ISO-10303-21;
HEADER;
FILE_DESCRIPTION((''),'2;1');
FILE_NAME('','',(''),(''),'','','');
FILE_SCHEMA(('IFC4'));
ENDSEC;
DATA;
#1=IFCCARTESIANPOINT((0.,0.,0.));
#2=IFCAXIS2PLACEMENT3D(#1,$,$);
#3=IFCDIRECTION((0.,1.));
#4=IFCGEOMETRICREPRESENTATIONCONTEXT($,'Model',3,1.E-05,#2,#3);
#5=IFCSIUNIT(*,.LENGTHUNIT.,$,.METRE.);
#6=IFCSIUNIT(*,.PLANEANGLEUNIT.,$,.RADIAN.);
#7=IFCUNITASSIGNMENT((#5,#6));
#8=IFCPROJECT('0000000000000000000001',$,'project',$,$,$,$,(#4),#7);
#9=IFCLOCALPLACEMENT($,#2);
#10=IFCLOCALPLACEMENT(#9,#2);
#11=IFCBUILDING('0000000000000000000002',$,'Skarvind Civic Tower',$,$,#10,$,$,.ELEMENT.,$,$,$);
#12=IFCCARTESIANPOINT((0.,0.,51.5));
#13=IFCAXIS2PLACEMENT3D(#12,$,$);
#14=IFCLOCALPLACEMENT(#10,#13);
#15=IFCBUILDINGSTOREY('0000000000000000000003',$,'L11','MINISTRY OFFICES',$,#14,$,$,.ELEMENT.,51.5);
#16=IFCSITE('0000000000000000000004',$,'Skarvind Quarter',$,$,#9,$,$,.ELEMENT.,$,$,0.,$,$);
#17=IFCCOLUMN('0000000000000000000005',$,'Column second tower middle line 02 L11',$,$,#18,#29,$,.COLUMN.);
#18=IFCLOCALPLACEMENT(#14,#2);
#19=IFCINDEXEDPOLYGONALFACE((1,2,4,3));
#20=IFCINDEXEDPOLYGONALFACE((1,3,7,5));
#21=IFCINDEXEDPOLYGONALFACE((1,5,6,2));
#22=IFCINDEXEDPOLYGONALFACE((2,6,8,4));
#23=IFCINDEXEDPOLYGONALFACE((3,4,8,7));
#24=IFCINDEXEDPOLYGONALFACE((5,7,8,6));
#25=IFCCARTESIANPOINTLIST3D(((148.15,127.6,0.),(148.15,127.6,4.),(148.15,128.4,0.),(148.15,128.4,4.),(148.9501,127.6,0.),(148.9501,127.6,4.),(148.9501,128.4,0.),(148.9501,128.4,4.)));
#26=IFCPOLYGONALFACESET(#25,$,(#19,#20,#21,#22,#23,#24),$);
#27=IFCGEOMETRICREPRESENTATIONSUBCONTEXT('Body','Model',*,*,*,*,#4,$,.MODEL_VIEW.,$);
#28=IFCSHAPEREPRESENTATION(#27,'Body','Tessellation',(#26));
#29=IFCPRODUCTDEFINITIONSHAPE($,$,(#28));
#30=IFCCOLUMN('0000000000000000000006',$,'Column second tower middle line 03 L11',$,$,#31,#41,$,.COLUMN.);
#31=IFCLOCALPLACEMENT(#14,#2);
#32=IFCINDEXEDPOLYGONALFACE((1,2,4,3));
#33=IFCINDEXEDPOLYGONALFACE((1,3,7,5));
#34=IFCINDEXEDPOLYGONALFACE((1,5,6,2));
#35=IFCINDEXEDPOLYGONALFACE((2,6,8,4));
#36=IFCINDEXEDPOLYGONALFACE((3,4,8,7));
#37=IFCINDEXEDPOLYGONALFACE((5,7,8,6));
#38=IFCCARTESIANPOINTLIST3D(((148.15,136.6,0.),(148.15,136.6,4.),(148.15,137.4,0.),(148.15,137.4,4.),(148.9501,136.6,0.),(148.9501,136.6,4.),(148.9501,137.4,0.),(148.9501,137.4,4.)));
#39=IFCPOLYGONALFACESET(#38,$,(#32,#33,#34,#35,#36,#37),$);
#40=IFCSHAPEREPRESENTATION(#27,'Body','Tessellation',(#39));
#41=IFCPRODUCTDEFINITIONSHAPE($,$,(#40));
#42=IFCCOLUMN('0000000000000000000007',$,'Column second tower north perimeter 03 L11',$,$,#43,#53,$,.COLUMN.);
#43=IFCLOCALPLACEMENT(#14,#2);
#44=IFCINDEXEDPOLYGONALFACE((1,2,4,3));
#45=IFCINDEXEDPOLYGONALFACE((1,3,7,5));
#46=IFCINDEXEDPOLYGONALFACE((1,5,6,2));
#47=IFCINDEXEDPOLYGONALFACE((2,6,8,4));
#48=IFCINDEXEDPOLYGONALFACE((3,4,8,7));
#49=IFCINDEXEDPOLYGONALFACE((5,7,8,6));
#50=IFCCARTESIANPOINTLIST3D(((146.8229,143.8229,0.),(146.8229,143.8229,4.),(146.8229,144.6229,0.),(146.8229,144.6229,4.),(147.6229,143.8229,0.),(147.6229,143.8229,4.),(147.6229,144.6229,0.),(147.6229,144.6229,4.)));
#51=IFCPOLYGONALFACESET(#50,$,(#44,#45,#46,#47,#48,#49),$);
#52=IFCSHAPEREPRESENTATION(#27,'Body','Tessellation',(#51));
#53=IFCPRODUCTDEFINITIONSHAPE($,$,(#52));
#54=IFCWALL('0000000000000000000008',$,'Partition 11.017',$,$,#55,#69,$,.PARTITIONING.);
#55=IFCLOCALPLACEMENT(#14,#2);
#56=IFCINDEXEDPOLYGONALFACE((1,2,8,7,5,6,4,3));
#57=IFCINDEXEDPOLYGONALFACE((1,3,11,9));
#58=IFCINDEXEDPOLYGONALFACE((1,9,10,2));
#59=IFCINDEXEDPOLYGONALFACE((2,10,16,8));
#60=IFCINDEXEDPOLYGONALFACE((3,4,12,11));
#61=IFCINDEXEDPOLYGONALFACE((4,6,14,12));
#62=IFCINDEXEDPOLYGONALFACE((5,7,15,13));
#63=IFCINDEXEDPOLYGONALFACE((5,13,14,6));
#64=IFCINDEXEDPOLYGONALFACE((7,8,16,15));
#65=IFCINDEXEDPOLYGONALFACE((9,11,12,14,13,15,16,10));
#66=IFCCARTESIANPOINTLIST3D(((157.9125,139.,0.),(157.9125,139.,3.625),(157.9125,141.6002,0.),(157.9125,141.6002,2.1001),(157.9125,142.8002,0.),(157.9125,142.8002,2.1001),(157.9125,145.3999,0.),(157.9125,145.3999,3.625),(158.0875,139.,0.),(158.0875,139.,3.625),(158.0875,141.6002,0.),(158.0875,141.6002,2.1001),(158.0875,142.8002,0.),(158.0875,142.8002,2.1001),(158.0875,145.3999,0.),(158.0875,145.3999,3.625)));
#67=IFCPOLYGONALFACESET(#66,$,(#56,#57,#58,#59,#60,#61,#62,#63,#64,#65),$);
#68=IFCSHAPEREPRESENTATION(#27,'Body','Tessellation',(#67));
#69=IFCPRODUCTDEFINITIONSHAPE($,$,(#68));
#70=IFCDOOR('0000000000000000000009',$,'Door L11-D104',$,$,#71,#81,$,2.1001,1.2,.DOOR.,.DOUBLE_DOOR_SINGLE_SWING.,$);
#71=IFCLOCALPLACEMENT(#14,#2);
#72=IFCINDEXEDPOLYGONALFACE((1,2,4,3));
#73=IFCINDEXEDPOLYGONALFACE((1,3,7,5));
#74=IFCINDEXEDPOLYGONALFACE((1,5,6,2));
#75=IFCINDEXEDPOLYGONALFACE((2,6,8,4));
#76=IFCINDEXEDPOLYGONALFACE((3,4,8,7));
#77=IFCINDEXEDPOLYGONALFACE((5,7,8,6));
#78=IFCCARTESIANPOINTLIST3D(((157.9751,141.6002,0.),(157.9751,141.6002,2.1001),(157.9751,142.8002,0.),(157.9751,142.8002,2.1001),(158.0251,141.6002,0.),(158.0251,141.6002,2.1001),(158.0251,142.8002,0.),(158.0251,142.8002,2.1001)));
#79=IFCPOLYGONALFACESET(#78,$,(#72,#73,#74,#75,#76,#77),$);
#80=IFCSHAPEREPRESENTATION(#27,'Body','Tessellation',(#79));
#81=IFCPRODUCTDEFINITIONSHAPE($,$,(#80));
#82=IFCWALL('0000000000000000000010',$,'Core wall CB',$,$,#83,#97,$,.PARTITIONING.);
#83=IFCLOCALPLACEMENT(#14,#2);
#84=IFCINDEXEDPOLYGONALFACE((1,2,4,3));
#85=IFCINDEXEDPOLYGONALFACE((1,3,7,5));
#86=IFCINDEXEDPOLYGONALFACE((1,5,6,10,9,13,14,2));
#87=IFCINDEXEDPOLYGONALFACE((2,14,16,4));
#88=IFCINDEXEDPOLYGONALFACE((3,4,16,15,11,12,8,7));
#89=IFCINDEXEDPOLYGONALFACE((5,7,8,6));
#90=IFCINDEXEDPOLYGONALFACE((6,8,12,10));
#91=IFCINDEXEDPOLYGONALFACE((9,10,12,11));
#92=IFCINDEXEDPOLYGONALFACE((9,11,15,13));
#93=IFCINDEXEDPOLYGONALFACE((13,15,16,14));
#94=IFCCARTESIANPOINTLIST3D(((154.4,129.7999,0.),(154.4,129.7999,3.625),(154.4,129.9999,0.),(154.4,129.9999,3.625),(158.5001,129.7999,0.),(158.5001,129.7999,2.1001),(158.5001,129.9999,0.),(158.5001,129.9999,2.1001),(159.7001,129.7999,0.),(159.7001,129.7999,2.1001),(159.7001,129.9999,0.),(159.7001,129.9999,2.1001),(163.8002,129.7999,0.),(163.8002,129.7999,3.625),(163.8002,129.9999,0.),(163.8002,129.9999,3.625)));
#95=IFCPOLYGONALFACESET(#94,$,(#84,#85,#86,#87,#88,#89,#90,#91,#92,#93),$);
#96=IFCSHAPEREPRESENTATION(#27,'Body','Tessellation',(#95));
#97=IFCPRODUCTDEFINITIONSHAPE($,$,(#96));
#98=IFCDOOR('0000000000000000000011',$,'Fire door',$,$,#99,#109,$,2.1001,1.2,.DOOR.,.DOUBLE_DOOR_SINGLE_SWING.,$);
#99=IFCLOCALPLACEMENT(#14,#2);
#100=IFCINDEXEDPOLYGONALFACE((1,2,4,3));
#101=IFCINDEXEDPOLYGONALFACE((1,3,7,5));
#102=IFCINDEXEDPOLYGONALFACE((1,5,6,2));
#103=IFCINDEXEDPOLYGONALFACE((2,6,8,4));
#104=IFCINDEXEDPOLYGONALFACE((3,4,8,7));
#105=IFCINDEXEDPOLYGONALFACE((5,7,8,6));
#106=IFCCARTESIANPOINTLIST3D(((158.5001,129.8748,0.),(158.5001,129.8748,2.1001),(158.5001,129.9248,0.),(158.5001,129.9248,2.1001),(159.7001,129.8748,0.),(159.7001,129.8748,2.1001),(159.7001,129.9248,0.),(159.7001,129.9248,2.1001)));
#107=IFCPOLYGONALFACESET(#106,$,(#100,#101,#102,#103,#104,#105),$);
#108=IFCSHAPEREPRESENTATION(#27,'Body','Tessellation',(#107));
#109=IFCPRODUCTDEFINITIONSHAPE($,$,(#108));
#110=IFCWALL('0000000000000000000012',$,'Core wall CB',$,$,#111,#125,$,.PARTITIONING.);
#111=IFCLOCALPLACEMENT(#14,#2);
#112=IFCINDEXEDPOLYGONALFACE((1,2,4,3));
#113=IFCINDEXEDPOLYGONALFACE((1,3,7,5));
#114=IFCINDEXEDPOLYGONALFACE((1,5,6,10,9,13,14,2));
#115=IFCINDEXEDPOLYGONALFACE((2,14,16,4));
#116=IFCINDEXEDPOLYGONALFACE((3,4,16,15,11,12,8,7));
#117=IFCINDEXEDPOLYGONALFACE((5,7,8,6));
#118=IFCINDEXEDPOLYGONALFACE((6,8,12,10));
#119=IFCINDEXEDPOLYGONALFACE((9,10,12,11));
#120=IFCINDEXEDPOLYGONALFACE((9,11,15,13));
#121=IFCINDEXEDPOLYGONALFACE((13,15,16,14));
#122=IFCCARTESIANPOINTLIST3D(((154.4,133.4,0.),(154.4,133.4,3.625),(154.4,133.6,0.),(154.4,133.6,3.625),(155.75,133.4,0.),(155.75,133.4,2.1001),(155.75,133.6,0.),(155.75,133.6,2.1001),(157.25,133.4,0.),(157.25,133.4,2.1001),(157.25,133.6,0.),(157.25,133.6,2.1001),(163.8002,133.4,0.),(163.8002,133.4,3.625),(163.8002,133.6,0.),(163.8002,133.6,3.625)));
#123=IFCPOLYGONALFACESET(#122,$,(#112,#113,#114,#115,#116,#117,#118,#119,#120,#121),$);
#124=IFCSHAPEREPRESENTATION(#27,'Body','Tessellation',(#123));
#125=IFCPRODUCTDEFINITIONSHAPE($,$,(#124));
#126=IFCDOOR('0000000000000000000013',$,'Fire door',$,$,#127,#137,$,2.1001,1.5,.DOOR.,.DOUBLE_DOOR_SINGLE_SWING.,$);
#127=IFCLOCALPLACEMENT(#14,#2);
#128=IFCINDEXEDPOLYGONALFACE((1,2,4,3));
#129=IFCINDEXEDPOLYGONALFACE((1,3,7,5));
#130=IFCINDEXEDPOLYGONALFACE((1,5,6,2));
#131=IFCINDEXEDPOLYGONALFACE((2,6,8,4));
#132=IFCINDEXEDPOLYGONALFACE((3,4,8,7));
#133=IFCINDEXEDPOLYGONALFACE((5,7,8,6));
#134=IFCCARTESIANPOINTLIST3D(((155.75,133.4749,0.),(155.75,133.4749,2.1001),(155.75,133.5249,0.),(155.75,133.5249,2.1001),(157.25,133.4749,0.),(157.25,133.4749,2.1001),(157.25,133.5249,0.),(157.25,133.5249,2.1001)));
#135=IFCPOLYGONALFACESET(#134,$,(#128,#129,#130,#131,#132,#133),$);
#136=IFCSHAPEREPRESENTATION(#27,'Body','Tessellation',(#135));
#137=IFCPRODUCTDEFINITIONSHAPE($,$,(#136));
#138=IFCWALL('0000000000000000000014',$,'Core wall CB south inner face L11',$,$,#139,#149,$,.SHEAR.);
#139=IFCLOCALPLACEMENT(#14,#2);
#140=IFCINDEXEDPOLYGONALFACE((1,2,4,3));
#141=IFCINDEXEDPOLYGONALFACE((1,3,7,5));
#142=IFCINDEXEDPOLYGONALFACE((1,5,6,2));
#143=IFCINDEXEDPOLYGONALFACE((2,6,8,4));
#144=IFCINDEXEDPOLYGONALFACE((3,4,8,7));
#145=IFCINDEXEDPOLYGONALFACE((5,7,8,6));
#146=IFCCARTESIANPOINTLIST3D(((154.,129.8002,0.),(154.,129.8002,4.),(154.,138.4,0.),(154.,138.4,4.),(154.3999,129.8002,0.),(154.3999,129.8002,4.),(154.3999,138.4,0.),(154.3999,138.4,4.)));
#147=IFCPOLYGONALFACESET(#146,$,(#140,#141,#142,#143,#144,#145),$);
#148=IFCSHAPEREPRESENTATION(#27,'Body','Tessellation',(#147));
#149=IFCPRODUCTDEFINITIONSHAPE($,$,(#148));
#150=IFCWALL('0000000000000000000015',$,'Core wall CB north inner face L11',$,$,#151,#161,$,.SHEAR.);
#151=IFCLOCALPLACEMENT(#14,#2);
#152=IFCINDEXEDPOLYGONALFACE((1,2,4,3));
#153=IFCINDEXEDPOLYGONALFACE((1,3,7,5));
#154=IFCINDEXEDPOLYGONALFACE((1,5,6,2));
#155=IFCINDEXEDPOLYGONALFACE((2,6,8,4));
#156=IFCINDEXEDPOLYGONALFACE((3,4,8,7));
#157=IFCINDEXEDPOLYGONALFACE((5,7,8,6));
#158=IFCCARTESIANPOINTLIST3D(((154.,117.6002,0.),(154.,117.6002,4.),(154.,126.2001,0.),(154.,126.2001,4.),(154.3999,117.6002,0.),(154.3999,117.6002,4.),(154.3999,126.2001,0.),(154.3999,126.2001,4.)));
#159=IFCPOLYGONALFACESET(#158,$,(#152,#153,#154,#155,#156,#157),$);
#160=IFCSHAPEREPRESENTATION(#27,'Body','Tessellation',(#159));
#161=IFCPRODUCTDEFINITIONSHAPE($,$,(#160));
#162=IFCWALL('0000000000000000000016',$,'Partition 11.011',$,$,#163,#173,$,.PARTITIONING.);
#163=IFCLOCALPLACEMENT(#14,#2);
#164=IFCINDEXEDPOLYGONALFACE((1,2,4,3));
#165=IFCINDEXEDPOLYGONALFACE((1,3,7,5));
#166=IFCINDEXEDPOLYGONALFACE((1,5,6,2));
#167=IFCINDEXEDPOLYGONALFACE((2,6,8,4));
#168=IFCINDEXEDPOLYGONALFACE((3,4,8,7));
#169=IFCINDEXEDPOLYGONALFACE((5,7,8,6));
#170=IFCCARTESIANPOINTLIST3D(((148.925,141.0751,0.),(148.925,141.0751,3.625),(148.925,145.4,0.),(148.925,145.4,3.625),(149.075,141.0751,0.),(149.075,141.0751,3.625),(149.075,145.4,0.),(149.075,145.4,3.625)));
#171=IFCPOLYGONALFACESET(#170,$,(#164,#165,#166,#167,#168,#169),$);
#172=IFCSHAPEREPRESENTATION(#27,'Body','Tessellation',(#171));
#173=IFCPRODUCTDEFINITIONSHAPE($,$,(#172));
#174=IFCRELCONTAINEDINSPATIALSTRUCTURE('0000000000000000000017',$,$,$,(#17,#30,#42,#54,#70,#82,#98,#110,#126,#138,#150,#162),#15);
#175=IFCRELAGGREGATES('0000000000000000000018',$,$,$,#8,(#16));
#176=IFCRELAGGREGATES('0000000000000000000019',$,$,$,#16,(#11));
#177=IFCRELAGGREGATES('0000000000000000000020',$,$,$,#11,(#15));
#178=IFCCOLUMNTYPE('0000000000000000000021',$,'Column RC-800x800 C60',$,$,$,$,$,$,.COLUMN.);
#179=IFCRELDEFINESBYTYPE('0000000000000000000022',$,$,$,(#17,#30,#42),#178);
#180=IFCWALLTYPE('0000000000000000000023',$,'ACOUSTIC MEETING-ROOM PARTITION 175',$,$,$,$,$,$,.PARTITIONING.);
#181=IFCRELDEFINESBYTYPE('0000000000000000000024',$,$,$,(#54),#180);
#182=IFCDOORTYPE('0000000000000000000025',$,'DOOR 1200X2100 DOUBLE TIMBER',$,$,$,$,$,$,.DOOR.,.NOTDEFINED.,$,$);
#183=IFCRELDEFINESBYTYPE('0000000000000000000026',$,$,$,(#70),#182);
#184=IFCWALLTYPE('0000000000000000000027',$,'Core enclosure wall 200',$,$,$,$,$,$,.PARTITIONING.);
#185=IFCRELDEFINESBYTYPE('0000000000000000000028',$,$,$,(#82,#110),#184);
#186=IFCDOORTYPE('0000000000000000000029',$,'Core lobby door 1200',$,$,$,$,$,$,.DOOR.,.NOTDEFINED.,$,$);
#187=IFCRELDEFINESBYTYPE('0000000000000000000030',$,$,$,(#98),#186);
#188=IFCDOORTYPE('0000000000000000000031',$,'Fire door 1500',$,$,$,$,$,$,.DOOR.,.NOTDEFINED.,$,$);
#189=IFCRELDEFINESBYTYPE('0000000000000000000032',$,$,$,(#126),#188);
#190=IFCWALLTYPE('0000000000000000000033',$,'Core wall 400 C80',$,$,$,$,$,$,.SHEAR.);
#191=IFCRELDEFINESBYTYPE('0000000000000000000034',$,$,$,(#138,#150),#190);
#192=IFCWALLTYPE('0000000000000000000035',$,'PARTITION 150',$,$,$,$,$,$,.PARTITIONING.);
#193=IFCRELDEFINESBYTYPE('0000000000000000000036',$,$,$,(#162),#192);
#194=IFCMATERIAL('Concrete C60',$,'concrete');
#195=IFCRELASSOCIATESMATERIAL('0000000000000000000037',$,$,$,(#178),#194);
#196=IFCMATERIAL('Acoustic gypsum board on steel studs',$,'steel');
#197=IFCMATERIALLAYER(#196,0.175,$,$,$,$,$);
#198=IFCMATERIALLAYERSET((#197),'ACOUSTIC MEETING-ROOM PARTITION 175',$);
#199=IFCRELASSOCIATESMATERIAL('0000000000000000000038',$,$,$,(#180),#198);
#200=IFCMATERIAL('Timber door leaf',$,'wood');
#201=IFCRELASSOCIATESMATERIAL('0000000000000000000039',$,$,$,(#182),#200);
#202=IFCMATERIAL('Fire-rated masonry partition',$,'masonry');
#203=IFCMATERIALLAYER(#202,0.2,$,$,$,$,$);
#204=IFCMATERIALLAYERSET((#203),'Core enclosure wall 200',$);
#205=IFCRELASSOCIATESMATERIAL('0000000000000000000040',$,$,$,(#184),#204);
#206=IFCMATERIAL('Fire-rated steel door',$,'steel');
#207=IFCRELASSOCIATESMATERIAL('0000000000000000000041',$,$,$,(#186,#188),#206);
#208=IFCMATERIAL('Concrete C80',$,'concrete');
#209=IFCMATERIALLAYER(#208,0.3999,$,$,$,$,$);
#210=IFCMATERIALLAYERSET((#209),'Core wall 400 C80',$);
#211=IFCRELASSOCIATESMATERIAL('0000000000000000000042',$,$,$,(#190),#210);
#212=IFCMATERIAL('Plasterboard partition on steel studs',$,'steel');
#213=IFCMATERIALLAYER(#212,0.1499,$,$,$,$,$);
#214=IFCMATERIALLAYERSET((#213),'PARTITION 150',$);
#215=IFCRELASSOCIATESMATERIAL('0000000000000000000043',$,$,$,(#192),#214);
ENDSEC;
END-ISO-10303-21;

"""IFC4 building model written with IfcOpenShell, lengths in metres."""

from ifc_helpers import new_model, si_unit, direction, frame, frame_2d, origin, origin_2d, place, context, subcontext, project, spatial, rectangle, extrude, material, layer, layer_set, material_profile, profile_set, type_object, element, fill, save


model = new_model("IFC4")

# Units and contexts
model_context = context("Model", 3, precision=1e-05, world=origin(), true_north=direction((0.0, 1.0)))
body_context = subcontext(model_context, "Body", "Model", "MODEL_VIEW")
ifc_project = project(units=[si_unit("LENGTHUNIT", "METRE"), si_unit("PLANEANGLEUNIT", "RADIAN")], contexts=[model_context])

# Site, building, storey
site_placement = place(None, origin())
site = spatial("IfcSite", under=ifc_project, at=site_placement, Name="Skarvind Quarter", CompositionType="ELEMENT", RefElevation=0.0)
building_placement = place(site_placement, origin())
building = spatial("IfcBuilding", under=site, at=building_placement, Name="Skarvind Civic Tower", CompositionType="ELEMENT")
storey_placement = place(building_placement, frame((0.0, 0.0, 51.5)))
storey = spatial("IfcBuildingStorey", under=building, at=storey_placement, Name="L11", Description="MINISTRY OFFICES", CompositionType="ELEMENT", Elevation=51.5)

# Columns
ifc_material_1 = material(Name="Concrete C60", Category="concrete")
ifc_material_profile = material_profile(ifc_material_1, rectangle(XDim=0.8, YDim=0.8, at=origin_2d()), Name="RC-800x800")
ifc_profile_set = profile_set([ifc_material_profile], Name="Concrete C60")
column_type = type_object("IfcColumnType", Name="Column RC-800x800 C60", PredefinedType="COLUMN", material=ifc_profile_set)
for number, where, z_axis, x_axis, name in (
    (1, (148.55, 128.0, 0.0), (0.0, 0.0, 1.0), (1.0, 0.0, 0.0), "Column second tower middle line 02 L11"),
    (2, (148.55, 137.0, 0.0), (0.0, 0.0, 1.0), (1.0, 0.0, 0.0), "Column second tower middle line 03 L11"),
    (3, (147.2229, 144.2229, 0.0), (0.0, 0.0, 1.0), (1.0, 0.0, 0.0), "Column second tower north perimeter 03 L11"),
):
    element("IfcColumn", number, at=place(storey_placement, frame(where, z_axis=z_axis, x_axis=x_axis)), inside=storey, type_object=column_type, Name=name, PredefinedType="COLUMN", context=body_context, shape_type="SweptSolid", body=[
        extrude(rectangle(XDim=0.8, YDim=0.8, at=origin_2d()), origin(), (0.0, 0.0, 1.0), 4.0),
    ])

# Walls, openings, doors
ifc_material_2 = material(Name="Acoustic gypsum board on steel studs", Category="steel")
ifc_layer_1 = layer(ifc_material_2, 0.175)
ifc_layer_set_1 = layer_set([ifc_layer_1], Name="ACOUSTIC MEETING-ROOM PARTITION 175")
wall_type_1 = type_object("IfcWallType", Name="ACOUSTIC MEETING-ROOM PARTITION 175", PredefinedType="PARTITIONING", material=ifc_layer_set_1)
wall_1_placement = place(storey_placement, frame((158.0, 139.0, 0.0), z_axis=(0.0, 0.0, 1.0), x_axis=(0.0, 1.0, 0.0)))
wall_1 = element("IfcWall", 4, at=wall_1_placement, inside=storey, type_object=wall_type_1, Name="Partition 11.017", PredefinedType="PARTITIONING", context=body_context, shape_type="SweptSolid", body=[
    extrude(rectangle(XDim=6.3999, YDim=0.175, at=frame_2d((3.2, 0.0))), origin(), (0.0, 0.0, 1.0), 3.625),
])
opening_1_placement = place(wall_1_placement, frame((2.6001, 0.0, 0.0)))
opening_1 = element("IfcOpeningElement", 5, at=opening_1_placement, cuts=wall_1, PredefinedType="OPENING", context=body_context, shape_type="SweptSolid", body=[
    extrude(rectangle(XDim=1.2, YDim=2.1001, at=frame_2d((0.6001, 1.05))), frame((0.0, 0.0974, 0.0), z_axis=(0.0, -1.0, 0.0), x_axis=(1.0, 0.0, 0.0)), (0.0, 0.0, 1.0), 0.1951),
])
ifc_material_3 = material(Name="Timber door leaf", Category="wood")
door_type_1 = type_object("IfcDoorType", Name="DOOR 1200X2100 DOUBLE TIMBER", OperationType="NOTDEFINED", PredefinedType="DOOR", material=ifc_material_3)
door_1_placement = place(opening_1_placement, origin())
door_1 = element("IfcDoor", 6, at=door_1_placement, inside=storey, type_object=door_type_1, Name="Door L11-D104", OperationType="DOUBLE_DOOR_SINGLE_SWING", OverallHeight=2.1001, OverallWidth=1.2, PredefinedType="DOOR", context=body_context, shape_type="SweptSolid", body=[
    extrude(rectangle(XDim=1.2, YDim=2.1001, at=frame_2d((0.6001, 1.05))), frame((0.0, 0.0249, 0.0), z_axis=(0.0, -1.0, 0.0), x_axis=(1.0, 0.0, 0.0)), (0.0, 0.0, 1.0), 0.05),
])
fill(opening_1, door_1)
ifc_material_4 = material(Name="Fire-rated masonry partition", Category="masonry")
ifc_layer_2 = layer(ifc_material_4, 0.2)
ifc_layer_set_2 = layer_set([ifc_layer_2], Name="Core enclosure wall 200")
wall_type_2 = type_object("IfcWallType", Name="Core enclosure wall 200", PredefinedType="PARTITIONING", material=ifc_layer_set_2)
wall_2_placement = place(storey_placement, frame((154.3999, 129.8999, 0.0), z_axis=(0.0, 0.0, 1.0), x_axis=(1.0, 0.0, 0.0)))
wall_2 = element("IfcWall", 7, at=wall_2_placement, inside=storey, type_object=wall_type_2, Name="Core wall CB", PredefinedType="PARTITIONING", context=body_context, shape_type="SweptSolid", body=[
    extrude(rectangle(XDim=9.4001, YDim=0.2, at=frame_2d((4.7002, 0.0))), origin(), (0.0, 0.0, 1.0), 3.625),
])
opening_2_placement = place(wall_2_placement, frame((4.1001, 0.0, 0.0)))
opening_2 = element("IfcOpeningElement", 8, at=opening_2_placement, cuts=wall_2, PredefinedType="OPENING", context=body_context, shape_type="SweptSolid", body=[
    extrude(rectangle(XDim=1.2, YDim=2.1001, at=frame_2d((0.6001, 1.05))), frame((0.0, 0.1099, 0.0), z_axis=(0.0, -1.0, 0.0), x_axis=(1.0, 0.0, 0.0)), (0.0, 0.0, 1.0), 0.22),
])
ifc_material_5 = material(Name="Fire-rated steel door", Category="steel")
door_type_2 = type_object("IfcDoorType", Name="Core lobby door 1200", OperationType="NOTDEFINED", PredefinedType="DOOR", material=ifc_material_5)
door_2_placement = place(opening_2_placement, origin())
door_2 = element("IfcDoor", 9, at=door_2_placement, inside=storey, type_object=door_type_2, Name="Fire door", OperationType="DOUBLE_DOOR_SINGLE_SWING", OverallHeight=2.1001, OverallWidth=1.2, PredefinedType="DOOR", context=body_context, shape_type="SweptSolid", body=[
    extrude(rectangle(XDim=1.2, YDim=2.1001, at=frame_2d((0.6001, 1.05))), frame((0.0, 0.0249, 0.0), z_axis=(0.0, -1.0, 0.0), x_axis=(1.0, 0.0, 0.0)), (0.0, 0.0, 1.0), 0.05),
])
fill(opening_2, door_2)
wall_3_placement = place(storey_placement, frame((154.3999, 133.5, 0.0), z_axis=(0.0, 0.0, 1.0), x_axis=(1.0, 0.0, 0.0)))
wall_3 = element("IfcWall", 10, at=wall_3_placement, inside=storey, type_object=wall_type_2, Name="Core wall CB", PredefinedType="PARTITIONING", context=body_context, shape_type="SweptSolid", body=[
    extrude(rectangle(XDim=9.4001, YDim=0.2, at=frame_2d((4.7002, 0.0))), origin(), (0.0, 0.0, 1.0), 3.625),
])
opening_3_placement = place(wall_3_placement, frame((1.3501, 0.0, 0.0)))
opening_3 = element("IfcOpeningElement", 11, at=opening_3_placement, cuts=wall_3, PredefinedType="OPENING", context=body_context, shape_type="SweptSolid", body=[
    extrude(rectangle(XDim=1.5, YDim=2.1001, at=frame_2d((0.75, 1.05))), frame((0.0, 0.1099, 0.0), z_axis=(0.0, -1.0, 0.0), x_axis=(1.0, 0.0, 0.0)), (0.0, 0.0, 1.0), 0.22),
])
door_type_3 = type_object("IfcDoorType", Name="Fire door 1500", OperationType="NOTDEFINED", PredefinedType="DOOR", material=ifc_material_5)
door_3_placement = place(opening_3_placement, origin())
door_3 = element("IfcDoor", 12, at=door_3_placement, inside=storey, type_object=door_type_3, Name="Fire door", OperationType="DOUBLE_DOOR_SINGLE_SWING", OverallHeight=2.1001, OverallWidth=1.5, PredefinedType="DOOR", context=body_context, shape_type="SweptSolid", body=[
    extrude(rectangle(XDim=1.5, YDim=2.1001, at=frame_2d((0.75, 1.05))), frame((0.0, 0.0249, 0.0), z_axis=(0.0, -1.0, 0.0), x_axis=(1.0, 0.0, 0.0)), (0.0, 0.0, 1.0), 0.05),
])
fill(opening_3, door_3)

# Walls
ifc_material_6 = material(Name="Concrete C80", Category="concrete")
ifc_layer_3 = layer(ifc_material_6, 0.3999)
ifc_layer_set_3 = layer_set([ifc_layer_3], Name="Core wall 400 C80")
wall_type_3 = type_object("IfcWallType", Name="Core wall 400 C80", PredefinedType="SHEAR", material=ifc_layer_set_3)
for number, where, z_axis, x_axis, name in (
    (13, (154.2, 138.3999, 0.0), (0.0, 0.0, 1.0), (0.0, -1.0, 0.0), "Core wall CB south inner face L11"),
    (14, (154.2, 126.2, 0.0), (0.0, 0.0, 1.0), (0.0, -1.0, 0.0), "Core wall CB north inner face L11"),
):
    element("IfcWall", number, at=place(storey_placement, frame(where, z_axis=z_axis, x_axis=x_axis)), inside=storey, type_object=wall_type_3, Name=name, PredefinedType="SHEAR", context=body_context, shape_type="SweptSolid", body=[
        extrude(rectangle(XDim=8.5999, YDim=0.3999, at=frame_2d((4.2998, 0.0))), origin(), (0.0, 0.0, 1.0), 4.0),
    ])
ifc_material_7 = material(Name="Plasterboard partition on steel studs", Category="steel")
ifc_layer_4 = layer(ifc_material_7, 0.1499)
ifc_layer_set_4 = layer_set([ifc_layer_4], Name="PARTITION 150")
wall_type_4 = type_object("IfcWallType", Name="PARTITION 150", PredefinedType="PARTITIONING", material=ifc_layer_set_4)
wall_4_placement = place(storey_placement, frame((149.0, 141.075, 0.0), z_axis=(0.0, 0.0, 1.0), x_axis=(0.0, 1.0, 0.0)))
element("IfcWall", 15, at=wall_4_placement, inside=storey, type_object=wall_type_4, Name="Partition 11.011", PredefinedType="PARTITIONING", context=body_context, shape_type="SweptSolid", body=[
    extrude(rectangle(XDim=4.325, YDim=0.1499, at=frame_2d((2.1626, 0.0))), origin(), (0.0, 0.0, 1.0), 3.625),
])

save(model, "model.ifc")
